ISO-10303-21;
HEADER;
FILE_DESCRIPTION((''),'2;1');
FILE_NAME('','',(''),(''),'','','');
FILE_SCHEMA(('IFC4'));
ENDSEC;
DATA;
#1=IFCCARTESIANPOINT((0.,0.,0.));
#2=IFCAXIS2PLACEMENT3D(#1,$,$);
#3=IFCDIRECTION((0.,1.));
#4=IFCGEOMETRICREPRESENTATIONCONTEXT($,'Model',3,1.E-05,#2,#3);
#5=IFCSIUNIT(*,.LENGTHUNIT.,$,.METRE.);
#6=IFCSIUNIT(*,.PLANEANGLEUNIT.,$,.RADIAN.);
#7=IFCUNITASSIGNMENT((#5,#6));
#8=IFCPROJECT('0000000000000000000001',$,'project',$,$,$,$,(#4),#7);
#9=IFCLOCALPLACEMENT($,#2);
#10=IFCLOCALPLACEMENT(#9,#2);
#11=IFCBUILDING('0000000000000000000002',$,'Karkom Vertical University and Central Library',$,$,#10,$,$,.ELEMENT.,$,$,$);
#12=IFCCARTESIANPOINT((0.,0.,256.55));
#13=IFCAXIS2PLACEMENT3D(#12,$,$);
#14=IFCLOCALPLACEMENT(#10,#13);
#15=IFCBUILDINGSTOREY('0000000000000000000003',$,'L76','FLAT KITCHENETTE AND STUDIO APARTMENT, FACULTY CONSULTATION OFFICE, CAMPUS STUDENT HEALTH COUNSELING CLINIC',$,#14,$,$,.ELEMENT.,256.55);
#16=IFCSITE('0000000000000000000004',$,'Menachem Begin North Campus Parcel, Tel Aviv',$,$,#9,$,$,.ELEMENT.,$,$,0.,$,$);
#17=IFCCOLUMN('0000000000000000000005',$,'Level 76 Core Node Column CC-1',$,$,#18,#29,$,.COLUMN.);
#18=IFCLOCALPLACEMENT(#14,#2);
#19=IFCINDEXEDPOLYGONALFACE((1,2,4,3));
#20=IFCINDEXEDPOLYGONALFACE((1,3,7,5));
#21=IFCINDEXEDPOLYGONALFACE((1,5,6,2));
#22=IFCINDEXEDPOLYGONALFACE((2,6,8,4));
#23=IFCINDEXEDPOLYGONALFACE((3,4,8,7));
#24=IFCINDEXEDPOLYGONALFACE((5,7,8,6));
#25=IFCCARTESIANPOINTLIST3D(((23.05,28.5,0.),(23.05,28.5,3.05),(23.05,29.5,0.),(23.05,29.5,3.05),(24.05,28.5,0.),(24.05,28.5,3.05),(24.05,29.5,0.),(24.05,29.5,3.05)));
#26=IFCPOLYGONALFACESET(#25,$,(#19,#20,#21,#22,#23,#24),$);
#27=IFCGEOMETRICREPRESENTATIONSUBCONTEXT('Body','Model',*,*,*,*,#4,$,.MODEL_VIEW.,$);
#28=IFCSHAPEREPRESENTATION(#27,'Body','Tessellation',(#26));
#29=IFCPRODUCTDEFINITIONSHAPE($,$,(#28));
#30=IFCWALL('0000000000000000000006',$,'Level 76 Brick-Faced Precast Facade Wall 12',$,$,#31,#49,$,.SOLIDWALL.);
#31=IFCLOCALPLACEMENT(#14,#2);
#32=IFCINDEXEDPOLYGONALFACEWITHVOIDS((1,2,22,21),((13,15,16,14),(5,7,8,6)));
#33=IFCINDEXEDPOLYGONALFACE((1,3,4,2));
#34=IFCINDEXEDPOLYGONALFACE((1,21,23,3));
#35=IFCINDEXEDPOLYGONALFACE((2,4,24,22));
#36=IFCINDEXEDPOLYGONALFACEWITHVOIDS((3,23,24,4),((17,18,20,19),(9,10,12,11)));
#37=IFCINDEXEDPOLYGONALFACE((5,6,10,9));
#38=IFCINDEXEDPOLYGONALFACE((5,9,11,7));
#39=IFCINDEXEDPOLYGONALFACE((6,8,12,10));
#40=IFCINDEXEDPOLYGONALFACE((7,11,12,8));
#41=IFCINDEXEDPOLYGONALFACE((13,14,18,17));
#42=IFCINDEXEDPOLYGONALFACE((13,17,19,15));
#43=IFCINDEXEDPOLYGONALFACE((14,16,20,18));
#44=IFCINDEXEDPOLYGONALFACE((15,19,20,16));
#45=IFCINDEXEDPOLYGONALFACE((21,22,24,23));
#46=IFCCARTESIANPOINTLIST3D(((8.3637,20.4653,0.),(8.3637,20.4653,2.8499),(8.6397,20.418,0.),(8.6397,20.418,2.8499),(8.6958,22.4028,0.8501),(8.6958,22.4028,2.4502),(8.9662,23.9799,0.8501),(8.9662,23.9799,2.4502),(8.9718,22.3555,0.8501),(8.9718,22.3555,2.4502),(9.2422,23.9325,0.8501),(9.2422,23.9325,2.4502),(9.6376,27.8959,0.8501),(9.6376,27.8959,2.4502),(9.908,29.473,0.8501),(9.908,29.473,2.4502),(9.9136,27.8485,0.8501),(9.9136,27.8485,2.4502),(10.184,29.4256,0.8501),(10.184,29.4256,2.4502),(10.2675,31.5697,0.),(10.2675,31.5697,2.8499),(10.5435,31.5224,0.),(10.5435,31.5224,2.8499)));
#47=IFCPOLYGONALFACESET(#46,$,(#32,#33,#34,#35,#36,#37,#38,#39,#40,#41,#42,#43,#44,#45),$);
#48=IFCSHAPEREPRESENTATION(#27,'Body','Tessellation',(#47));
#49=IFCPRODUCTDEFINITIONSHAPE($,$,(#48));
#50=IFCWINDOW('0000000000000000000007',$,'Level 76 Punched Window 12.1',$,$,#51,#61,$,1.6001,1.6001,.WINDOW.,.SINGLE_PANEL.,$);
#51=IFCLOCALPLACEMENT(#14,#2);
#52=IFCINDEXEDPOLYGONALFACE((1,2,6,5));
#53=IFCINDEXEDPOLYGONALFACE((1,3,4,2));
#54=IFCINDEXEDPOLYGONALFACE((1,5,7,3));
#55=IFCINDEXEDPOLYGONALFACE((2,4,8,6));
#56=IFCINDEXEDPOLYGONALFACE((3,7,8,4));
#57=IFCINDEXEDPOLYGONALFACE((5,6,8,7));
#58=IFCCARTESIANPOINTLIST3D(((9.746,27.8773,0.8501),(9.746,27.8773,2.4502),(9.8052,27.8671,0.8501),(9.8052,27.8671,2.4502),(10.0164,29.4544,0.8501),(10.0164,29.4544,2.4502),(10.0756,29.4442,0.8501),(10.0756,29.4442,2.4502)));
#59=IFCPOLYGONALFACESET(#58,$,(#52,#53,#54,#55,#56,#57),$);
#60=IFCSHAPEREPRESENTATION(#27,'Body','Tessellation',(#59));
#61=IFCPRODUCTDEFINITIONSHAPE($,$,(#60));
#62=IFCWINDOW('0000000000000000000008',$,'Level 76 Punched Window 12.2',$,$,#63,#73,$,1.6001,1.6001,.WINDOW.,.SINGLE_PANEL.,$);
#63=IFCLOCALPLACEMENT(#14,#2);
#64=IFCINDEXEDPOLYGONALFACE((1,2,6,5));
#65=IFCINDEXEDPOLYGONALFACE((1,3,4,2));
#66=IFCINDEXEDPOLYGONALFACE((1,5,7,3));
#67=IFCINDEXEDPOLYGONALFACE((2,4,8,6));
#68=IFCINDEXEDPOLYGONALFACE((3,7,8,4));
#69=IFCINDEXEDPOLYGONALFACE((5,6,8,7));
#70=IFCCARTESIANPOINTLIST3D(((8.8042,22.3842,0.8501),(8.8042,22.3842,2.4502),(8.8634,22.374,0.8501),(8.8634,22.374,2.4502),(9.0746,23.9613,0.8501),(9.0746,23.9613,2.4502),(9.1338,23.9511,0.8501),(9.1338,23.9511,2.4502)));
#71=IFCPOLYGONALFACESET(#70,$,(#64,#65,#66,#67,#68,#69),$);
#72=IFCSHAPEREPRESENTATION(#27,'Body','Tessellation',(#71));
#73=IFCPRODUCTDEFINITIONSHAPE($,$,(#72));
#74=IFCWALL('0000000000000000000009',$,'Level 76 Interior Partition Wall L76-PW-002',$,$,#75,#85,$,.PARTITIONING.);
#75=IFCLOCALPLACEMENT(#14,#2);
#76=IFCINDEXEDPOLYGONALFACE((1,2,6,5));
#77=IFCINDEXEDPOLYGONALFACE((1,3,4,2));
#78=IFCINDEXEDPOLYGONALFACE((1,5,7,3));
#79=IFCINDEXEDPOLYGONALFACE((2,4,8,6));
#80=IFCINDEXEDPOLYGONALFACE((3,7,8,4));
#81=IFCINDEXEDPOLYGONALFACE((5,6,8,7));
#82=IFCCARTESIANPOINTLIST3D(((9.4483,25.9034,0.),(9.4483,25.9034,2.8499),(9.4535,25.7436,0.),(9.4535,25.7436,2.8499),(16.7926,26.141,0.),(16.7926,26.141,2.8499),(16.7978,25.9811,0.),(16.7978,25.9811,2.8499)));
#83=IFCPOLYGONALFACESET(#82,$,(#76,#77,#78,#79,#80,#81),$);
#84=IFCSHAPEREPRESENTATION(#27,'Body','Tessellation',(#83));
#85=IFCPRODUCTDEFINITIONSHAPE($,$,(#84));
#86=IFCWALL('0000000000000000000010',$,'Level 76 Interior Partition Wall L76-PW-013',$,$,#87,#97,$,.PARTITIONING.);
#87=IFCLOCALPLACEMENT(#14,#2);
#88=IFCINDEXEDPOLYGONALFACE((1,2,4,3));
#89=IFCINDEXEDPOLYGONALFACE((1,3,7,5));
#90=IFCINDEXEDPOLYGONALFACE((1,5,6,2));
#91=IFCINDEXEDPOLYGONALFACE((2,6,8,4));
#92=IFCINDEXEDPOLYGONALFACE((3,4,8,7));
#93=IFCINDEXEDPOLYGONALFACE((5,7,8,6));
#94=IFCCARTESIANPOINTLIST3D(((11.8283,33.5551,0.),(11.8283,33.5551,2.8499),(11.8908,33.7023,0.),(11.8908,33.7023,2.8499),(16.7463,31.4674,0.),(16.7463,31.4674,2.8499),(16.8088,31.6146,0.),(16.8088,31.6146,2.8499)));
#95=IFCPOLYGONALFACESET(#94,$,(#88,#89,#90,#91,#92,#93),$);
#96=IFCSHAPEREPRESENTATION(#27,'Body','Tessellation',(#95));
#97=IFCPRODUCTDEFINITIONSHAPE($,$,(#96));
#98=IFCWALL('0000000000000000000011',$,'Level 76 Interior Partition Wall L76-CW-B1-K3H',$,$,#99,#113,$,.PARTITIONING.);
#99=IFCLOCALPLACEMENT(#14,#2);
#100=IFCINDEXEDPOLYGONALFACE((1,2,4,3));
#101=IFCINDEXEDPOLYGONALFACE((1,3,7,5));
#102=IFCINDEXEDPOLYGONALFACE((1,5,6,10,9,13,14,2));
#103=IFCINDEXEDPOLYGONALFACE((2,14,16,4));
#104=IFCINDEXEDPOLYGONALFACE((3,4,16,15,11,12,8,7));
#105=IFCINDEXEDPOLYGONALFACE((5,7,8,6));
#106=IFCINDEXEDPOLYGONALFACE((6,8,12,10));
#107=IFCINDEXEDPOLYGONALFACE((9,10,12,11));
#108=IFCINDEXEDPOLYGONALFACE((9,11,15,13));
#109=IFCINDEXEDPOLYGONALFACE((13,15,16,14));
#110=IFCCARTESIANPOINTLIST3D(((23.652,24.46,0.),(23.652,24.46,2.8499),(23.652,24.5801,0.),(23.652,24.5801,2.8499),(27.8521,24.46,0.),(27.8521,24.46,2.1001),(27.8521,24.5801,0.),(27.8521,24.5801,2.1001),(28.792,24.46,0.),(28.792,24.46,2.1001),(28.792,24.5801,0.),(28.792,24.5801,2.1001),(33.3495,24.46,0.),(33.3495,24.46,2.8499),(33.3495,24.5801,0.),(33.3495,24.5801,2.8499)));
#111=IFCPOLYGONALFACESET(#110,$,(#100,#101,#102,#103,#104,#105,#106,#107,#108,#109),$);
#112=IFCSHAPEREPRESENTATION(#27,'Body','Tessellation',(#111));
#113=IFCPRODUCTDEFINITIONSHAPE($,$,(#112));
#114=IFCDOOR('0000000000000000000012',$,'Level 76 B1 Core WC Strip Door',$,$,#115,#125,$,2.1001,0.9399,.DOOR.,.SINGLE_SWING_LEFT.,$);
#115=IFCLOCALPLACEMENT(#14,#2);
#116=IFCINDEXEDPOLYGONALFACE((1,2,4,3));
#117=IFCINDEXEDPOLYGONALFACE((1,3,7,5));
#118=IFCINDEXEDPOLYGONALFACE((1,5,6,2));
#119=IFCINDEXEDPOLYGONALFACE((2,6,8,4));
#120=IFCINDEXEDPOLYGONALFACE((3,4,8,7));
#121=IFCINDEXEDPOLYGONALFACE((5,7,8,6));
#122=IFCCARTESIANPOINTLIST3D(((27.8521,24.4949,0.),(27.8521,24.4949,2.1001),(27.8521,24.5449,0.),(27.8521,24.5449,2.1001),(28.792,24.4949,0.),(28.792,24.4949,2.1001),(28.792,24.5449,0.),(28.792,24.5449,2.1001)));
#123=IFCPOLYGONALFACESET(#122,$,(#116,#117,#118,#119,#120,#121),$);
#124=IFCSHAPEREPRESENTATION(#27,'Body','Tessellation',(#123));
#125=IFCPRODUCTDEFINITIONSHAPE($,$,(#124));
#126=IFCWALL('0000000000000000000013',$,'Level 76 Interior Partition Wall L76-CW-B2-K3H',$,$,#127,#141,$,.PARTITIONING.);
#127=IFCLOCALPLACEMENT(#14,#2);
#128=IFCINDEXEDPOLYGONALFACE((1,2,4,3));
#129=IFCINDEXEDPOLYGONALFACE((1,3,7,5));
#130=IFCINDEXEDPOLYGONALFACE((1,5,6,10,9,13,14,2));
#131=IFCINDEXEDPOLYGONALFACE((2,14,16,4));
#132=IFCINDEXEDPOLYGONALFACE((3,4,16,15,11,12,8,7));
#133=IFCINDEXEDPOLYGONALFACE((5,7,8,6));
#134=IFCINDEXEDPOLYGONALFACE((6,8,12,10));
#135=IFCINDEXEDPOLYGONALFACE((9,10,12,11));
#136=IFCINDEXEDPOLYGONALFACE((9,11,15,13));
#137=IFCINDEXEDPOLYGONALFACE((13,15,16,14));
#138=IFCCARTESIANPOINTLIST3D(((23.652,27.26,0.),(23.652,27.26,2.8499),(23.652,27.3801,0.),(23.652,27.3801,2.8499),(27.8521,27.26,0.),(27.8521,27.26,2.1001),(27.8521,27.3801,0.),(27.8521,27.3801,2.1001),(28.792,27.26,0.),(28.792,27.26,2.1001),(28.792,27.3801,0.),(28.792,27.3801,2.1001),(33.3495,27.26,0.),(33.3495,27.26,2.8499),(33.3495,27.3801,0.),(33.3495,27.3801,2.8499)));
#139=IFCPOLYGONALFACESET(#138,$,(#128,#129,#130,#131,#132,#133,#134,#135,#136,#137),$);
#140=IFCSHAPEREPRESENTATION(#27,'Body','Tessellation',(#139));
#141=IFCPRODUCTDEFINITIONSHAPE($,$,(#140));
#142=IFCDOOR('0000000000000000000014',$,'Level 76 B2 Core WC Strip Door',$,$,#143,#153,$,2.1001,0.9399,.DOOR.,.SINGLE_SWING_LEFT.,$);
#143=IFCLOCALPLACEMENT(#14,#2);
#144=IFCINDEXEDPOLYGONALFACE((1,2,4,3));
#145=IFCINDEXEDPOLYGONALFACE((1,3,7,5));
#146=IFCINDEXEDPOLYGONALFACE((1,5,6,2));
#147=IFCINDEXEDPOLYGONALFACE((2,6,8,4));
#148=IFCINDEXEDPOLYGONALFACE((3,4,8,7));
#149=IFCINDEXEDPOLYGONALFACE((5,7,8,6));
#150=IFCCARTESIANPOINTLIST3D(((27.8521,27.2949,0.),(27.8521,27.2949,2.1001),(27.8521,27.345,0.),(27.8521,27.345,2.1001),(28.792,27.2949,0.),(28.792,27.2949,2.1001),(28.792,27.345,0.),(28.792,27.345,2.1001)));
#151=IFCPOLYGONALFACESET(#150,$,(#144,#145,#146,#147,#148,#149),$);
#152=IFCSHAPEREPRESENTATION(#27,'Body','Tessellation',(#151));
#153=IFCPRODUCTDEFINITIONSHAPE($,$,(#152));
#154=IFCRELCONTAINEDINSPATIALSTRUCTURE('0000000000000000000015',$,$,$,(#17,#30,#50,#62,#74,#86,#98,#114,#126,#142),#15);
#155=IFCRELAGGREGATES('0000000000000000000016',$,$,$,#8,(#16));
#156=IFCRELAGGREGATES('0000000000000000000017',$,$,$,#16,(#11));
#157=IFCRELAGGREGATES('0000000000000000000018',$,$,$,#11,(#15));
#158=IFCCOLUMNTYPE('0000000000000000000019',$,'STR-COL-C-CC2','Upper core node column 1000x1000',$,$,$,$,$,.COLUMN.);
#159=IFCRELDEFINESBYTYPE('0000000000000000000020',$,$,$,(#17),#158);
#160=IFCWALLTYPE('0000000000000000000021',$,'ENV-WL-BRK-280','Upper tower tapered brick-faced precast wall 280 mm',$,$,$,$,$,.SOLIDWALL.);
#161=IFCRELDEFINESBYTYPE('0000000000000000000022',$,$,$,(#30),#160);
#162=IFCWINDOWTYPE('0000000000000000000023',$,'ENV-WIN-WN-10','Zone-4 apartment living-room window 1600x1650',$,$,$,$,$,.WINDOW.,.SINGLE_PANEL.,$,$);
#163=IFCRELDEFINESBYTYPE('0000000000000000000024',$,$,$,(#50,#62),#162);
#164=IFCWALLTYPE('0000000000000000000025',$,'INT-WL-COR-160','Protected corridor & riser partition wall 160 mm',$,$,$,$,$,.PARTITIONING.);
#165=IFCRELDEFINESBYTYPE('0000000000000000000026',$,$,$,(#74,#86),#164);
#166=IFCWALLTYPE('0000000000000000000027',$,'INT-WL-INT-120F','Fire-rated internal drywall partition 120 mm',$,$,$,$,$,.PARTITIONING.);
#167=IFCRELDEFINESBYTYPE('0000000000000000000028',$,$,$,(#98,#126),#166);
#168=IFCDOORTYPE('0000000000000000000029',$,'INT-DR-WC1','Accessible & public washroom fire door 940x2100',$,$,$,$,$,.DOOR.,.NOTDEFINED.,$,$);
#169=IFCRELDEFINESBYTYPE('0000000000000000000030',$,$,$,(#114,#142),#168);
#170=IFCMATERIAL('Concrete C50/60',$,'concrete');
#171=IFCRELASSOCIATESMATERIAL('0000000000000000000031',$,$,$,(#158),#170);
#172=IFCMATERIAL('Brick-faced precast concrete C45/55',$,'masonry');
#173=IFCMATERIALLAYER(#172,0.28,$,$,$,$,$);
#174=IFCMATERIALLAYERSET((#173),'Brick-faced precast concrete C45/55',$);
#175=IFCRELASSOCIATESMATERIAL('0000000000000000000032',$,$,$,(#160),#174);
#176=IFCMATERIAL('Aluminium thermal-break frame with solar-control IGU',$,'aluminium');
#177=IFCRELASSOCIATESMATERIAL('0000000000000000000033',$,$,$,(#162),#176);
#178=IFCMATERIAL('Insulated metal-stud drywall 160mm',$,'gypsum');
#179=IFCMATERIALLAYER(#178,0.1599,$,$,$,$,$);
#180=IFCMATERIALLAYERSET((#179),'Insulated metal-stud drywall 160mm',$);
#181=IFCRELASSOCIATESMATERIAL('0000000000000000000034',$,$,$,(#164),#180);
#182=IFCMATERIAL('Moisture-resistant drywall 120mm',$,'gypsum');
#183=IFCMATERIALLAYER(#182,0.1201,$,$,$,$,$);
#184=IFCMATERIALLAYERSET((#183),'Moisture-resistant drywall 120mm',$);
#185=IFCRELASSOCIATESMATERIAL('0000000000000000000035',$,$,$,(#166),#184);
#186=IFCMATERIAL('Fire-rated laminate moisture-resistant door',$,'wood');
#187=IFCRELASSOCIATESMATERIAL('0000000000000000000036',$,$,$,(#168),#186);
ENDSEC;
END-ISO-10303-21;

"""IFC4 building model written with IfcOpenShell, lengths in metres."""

from ifc_helpers import new_model, si_unit, direction, frame, frame_2d, origin, origin_with_axes, origin_2d, place, context, subcontext, project, spatial, rectangle, extrude, source, transform, mapped, material, layer, layer_set, material_profile, profile_set, type_object, element, fill, save


model = new_model("IFC4")

# Units and contexts
model_context = context("Model", 3, precision=1e-05, world=origin(), true_north=direction((0.0, 1.0)))
body_context = subcontext(model_context, "Body", "Model", "MODEL_VIEW")
ifc_project = project(units=[si_unit("LENGTHUNIT", "METRE"), si_unit("PLANEANGLEUNIT", "RADIAN")], contexts=[model_context])

# Site, building, storey
site_placement = place(None, origin())
site = spatial("IfcSite", under=ifc_project, at=site_placement, Name="Menachem Begin North Campus Parcel, Tel Aviv", CompositionType="ELEMENT", RefElevation=0.0)
building_placement = place(site_placement, origin())
building = spatial("IfcBuilding", under=site, at=building_placement, Name="Karkom Vertical University and Central Library", CompositionType="ELEMENT")
storey_placement = place(building_placement, frame((0.0, 0.0, 256.55)))
storey = spatial("IfcBuildingStorey", under=building, at=storey_placement, Name="L76", Description="FLAT KITCHENETTE AND STUDIO APARTMENT, FACULTY CONSULTATION OFFICE, CAMPUS STUDENT HEALTH COUNSELING CLINIC", CompositionType="ELEMENT", Elevation=256.55)

# Column
ifc_material_1 = material(Name="Concrete C50/60", Category="concrete")
ifc_material_profile = material_profile(ifc_material_1, rectangle(XDim=1.0, YDim=1.0, at=origin_2d()), Name="RC-1000x1000")
ifc_profile_set = profile_set([ifc_material_profile], Name="Concrete C50/60")
column_type = type_object("IfcColumnType", Name="STR-COL-C-CC2", Description="Upper core node column 1000x1000", PredefinedType="COLUMN", material=ifc_profile_set)
shared_shape_1 = source(origin_with_axes(), body_context, "Body", "SweptSolid", [
    extrude(rectangle(XDim=1.0, YDim=1.0, at=origin_2d()), origin(), (0.0, 0.0, 1.0), 3.05),
])
column_placement = place(storey_placement, frame((23.55, 29.0, 0.0), z_axis=(0.0, 0.0, 1.0), x_axis=(1.0, 0.0, 0.0)))
element("IfcColumn", 1, at=column_placement, inside=storey, type_object=column_type, Name="Level 76 Core Node Column CC-1", PredefinedType="COLUMN", context=body_context, shape_type="MappedRepresentation", body=[
    mapped(shared_shape_1, transform((0.0, 0.0, 0.0), scale=1.0)),
])

# Wall, openings, windows
ifc_material_2 = material(Name="Brick-faced precast concrete C45/55", Category="masonry")
ifc_layer_1 = layer(ifc_material_2, 0.28)
ifc_layer_set_1 = layer_set([ifc_layer_1], Name="Brick-faced precast concrete C45/55")
wall_type_1 = type_object("IfcWallType", Name="ENV-WL-BRK-280", Description="Upper tower tapered brick-faced precast wall 280 mm", PredefinedType="SOLIDWALL", material=ifc_layer_set_1)
wall_1_placement = place(storey_placement, frame((10.4055, 31.5461, 0.0), z_axis=(0.0, 0.0, 1.0), x_axis=(-0.168983, -0.985619, 0.0)))
wall_1 = element("IfcWall", 2, at=wall_1_placement, inside=storey, type_object=wall_type_1, Name="Level 76 Brick-Faced Precast Facade Wall 12", PredefinedType="SOLIDWALL", context=body_context, shape_type="SweptSolid", body=[
    extrude(rectangle(XDim=11.2664, YDim=0.28, at=frame_2d((5.6333, 0.0))), origin(), (0.0, 0.0, 1.0), 2.8499),
])
opening_1_placement = place(wall_1_placement, frame((2.1274, 0.0, 0.8501)))
opening_1 = element("IfcOpeningElement", 3, at=opening_1_placement, cuts=wall_1, PredefinedType="OPENING", context=body_context, shape_type="SweptSolid", body=[
    extrude(rectangle(XDim=1.6001, YDim=1.6001, at=frame_2d((0.8, 0.8))), frame((0.0, 0.1499, 0.0), z_axis=(0.0, -1.0, 0.0), x_axis=(1.0, 0.0, 0.0)), (0.0, 0.0, 1.0), 0.3),
])
opening_2_placement = place(wall_1_placement, frame((7.7007, 0.0, 0.8501)))
opening_2 = element("IfcOpeningElement", 4, at=opening_2_placement, cuts=wall_1, PredefinedType="OPENING", context=body_context, shape_type="SweptSolid", body=[
    extrude(rectangle(XDim=1.6001, YDim=1.6001, at=frame_2d((0.8, 0.8))), frame((0.0, 0.1499, 0.0), z_axis=(0.0, -1.0, 0.0), x_axis=(1.0, 0.0, 0.0)), (0.0, 0.0, 1.0), 0.3),
])
ifc_material_3 = material(Name="Aluminium thermal-break frame with solar-control IGU", Category="aluminium")
window_type = type_object("IfcWindowType", Name="ENV-WIN-WN-10", Description="Zone-4 apartment living-room window 1600x1650", PartitioningType="SINGLE_PANEL", PredefinedType="WINDOW", material=ifc_material_3)
shared_shape_2 = source(origin_with_axes(), body_context, "Body", "SweptSolid", [
    extrude(rectangle(XDim=1.6001, YDim=1.6001, at=frame_2d((0.8, 0.8))), frame((0.0, 0.03, 0.0), z_axis=(0.0, -1.0, 0.0), x_axis=(1.0, 0.0, 0.0)), (0.0, 0.0, 1.0), 0.0601),
])
window_1_placement = place(opening_1_placement, origin())
window_1 = element("IfcWindow", 5, at=window_1_placement, inside=storey, type_object=window_type, Name="Level 76 Punched Window 12.1", OverallHeight=1.6001, OverallWidth=1.6001, PartitioningType="SINGLE_PANEL", PredefinedType="WINDOW", context=body_context, shape_type="MappedRepresentation", body=[
    mapped(shared_shape_2, transform((0.0, 0.0, 0.0), scale=1.0)),
])
fill(opening_1, window_1)
window_2_placement = place(opening_2_placement, origin())
window_2 = element("IfcWindow", 6, at=window_2_placement, inside=storey, type_object=window_type, Name="Level 76 Punched Window 12.2", OverallHeight=1.6001, OverallWidth=1.6001, PartitioningType="SINGLE_PANEL", PredefinedType="WINDOW", context=body_context, shape_type="MappedRepresentation", body=[
    mapped(shared_shape_2, transform((0.0, 0.0, 0.0), scale=1.0)),
])
fill(opening_2, window_2)

# Walls
ifc_material_4 = material(Name="Insulated metal-stud drywall 160mm", Category="gypsum")
ifc_layer_2 = layer(ifc_material_4, 0.1599)
ifc_layer_set_2 = layer_set([ifc_layer_2], Name="Insulated metal-stud drywall 160mm")
wall_type_2 = type_object("IfcWallType", Name="INT-WL-COR-160", Description="Protected corridor & riser partition wall 160 mm", PredefinedType="PARTITIONING", material=ifc_layer_set_2)
wall_2_placement = place(storey_placement, frame((9.4509, 25.8235, 0.0), z_axis=(0.0, 0.0, 1.0), x_axis=(0.999477, 0.032328, 0.0)))
element("IfcWall", 7, at=wall_2_placement, inside=storey, type_object=wall_type_2, Name="Level 76 Interior Partition Wall L76-PW-002", PredefinedType="PARTITIONING", context=body_context, shape_type="SweptSolid", body=[
    extrude(rectangle(XDim=7.3481, YDim=0.1599, at=frame_2d((3.6741, 0.0))), origin(), (0.0, 0.0, 1.0), 2.8499),
])
wall_3_placement = place(storey_placement, frame((16.7776, 31.541, 0.0), z_axis=(0.0, 0.0, 1.0), x_axis=(-0.920499, 0.390746, 0.0)))
element("IfcWall", 8, at=wall_3_placement, inside=storey, type_object=wall_type_2, Name="Level 76 Interior Partition Wall L76-PW-013", PredefinedType="PARTITIONING", context=body_context, shape_type="SweptSolid", body=[
    extrude(rectangle(XDim=5.3428, YDim=0.1599, at=frame_2d((2.6714, 0.0))), origin(), (0.0, 0.0, 1.0), 2.8499),
])

# Walls, openings, doors
ifc_material_5 = material(Name="Moisture-resistant drywall 120mm", Category="gypsum")
ifc_layer_3 = layer(ifc_material_5, 0.1201)
ifc_layer_set_3 = layer_set([ifc_layer_3], Name="Moisture-resistant drywall 120mm")
wall_type_3 = type_object("IfcWallType", Name="INT-WL-INT-120F", Description="Fire-rated internal drywall partition 120 mm", PredefinedType="PARTITIONING", material=ifc_layer_set_3)
wall_4_placement = place(storey_placement, frame((23.6521, 24.52, 0.0), z_axis=(0.0, 0.0, 1.0), x_axis=(1.0, 0.0, 0.0)))
wall_4 = element("IfcWall", 9, at=wall_4_placement, inside=storey, type_object=wall_type_3, Name="Level 76 Interior Partition Wall L76-CW-B1-K3H", PredefinedType="PARTITIONING", context=body_context, shape_type="SweptSolid", body=[
    extrude(rectangle(XDim=9.6975, YDim=0.1201, at=frame_2d((4.8486, 0.0))), origin(), (0.0, 0.0, 1.0), 2.8499),
])
opening_3_placement = place(wall_4_placement, frame((4.2, 0.0, 0.0)))
opening_3 = element("IfcOpeningElement", 10, at=opening_3_placement, cuts=wall_4, PredefinedType="OPENING", context=body_context, shape_type="SweptSolid", body=[
    extrude(rectangle(XDim=0.9399, YDim=2.1001, at=frame_2d((0.47, 1.05))), frame((0.0, 0.0701, 0.0), z_axis=(0.0, -1.0, 0.0), x_axis=(1.0, 0.0, 0.0)), (0.0, 0.0, 1.0), 0.1401),
])
ifc_material_6 = material(Name="Fire-rated laminate moisture-resistant door", Category="wood")
door_type_1 = type_object("IfcDoorType", Name="INT-DR-WC1", Description="Accessible & public washroom fire door 940x2100", OperationType="NOTDEFINED", PredefinedType="DOOR", material=ifc_material_6)
shared_shape_3 = source(origin_with_axes(), body_context, "Body", "SweptSolid", [
    extrude(rectangle(XDim=0.9399, YDim=2.1001, at=frame_2d((0.47, 1.05))), frame((0.0, 0.0249, 0.0), z_axis=(0.0, -1.0, 0.0), x_axis=(1.0, 0.0, 0.0)), (0.0, 0.0, 1.0), 0.05),
])
door_1_placement = place(opening_3_placement, origin())
door_1 = element("IfcDoor", 11, at=door_1_placement, inside=storey, type_object=door_type_1, Name="Level 76 B1 Core WC Strip Door", OperationType="SINGLE_SWING_LEFT", OverallHeight=2.1001, OverallWidth=0.9399, PredefinedType="DOOR", context=body_context, shape_type="MappedRepresentation", body=[
    mapped(shared_shape_3, transform((0.0, 0.0, 0.0), scale=1.0)),
])
fill(opening_3, door_1)
wall_5_placement = place(storey_placement, frame((23.6521, 27.3201, 0.0), z_axis=(0.0, 0.0, 1.0), x_axis=(1.0, 0.0, 0.0)))
wall_5 = element("IfcWall", 12, at=wall_5_placement, inside=storey, type_object=wall_type_3, Name="Level 76 Interior Partition Wall L76-CW-B2-K3H", PredefinedType="PARTITIONING", context=body_context, shape_type="SweptSolid", body=[
    extrude(rectangle(XDim=9.6975, YDim=0.1201, at=frame_2d((4.8486, 0.0))), origin(), (0.0, 0.0, 1.0), 2.8499),
])
opening_4_placement = place(wall_5_placement, frame((4.2, 0.0, 0.0)))
opening_4 = element("IfcOpeningElement", 13, at=opening_4_placement, cuts=wall_5, PredefinedType="OPENING", context=body_context, shape_type="SweptSolid", body=[
    extrude(rectangle(XDim=0.9399, YDim=2.1001, at=frame_2d((0.47, 1.05))), frame((0.0, 0.0701, 0.0), z_axis=(0.0, -1.0, 0.0), x_axis=(1.0, 0.0, 0.0)), (0.0, 0.0, 1.0), 0.1401),
])
door_2_placement = place(opening_4_placement, origin())
door_2 = element("IfcDoor", 14, at=door_2_placement, inside=storey, type_object=door_type_1, Name="Level 76 B2 Core WC Strip Door", OperationType="SINGLE_SWING_LEFT", OverallHeight=2.1001, OverallWidth=0.9399, PredefinedType="DOOR", context=body_context, shape_type="MappedRepresentation", body=[
    mapped(shared_shape_3, transform((0.0, 0.0, 0.0), scale=1.0)),
])
fill(opening_4, door_2)

save(model, "model.ifc")
